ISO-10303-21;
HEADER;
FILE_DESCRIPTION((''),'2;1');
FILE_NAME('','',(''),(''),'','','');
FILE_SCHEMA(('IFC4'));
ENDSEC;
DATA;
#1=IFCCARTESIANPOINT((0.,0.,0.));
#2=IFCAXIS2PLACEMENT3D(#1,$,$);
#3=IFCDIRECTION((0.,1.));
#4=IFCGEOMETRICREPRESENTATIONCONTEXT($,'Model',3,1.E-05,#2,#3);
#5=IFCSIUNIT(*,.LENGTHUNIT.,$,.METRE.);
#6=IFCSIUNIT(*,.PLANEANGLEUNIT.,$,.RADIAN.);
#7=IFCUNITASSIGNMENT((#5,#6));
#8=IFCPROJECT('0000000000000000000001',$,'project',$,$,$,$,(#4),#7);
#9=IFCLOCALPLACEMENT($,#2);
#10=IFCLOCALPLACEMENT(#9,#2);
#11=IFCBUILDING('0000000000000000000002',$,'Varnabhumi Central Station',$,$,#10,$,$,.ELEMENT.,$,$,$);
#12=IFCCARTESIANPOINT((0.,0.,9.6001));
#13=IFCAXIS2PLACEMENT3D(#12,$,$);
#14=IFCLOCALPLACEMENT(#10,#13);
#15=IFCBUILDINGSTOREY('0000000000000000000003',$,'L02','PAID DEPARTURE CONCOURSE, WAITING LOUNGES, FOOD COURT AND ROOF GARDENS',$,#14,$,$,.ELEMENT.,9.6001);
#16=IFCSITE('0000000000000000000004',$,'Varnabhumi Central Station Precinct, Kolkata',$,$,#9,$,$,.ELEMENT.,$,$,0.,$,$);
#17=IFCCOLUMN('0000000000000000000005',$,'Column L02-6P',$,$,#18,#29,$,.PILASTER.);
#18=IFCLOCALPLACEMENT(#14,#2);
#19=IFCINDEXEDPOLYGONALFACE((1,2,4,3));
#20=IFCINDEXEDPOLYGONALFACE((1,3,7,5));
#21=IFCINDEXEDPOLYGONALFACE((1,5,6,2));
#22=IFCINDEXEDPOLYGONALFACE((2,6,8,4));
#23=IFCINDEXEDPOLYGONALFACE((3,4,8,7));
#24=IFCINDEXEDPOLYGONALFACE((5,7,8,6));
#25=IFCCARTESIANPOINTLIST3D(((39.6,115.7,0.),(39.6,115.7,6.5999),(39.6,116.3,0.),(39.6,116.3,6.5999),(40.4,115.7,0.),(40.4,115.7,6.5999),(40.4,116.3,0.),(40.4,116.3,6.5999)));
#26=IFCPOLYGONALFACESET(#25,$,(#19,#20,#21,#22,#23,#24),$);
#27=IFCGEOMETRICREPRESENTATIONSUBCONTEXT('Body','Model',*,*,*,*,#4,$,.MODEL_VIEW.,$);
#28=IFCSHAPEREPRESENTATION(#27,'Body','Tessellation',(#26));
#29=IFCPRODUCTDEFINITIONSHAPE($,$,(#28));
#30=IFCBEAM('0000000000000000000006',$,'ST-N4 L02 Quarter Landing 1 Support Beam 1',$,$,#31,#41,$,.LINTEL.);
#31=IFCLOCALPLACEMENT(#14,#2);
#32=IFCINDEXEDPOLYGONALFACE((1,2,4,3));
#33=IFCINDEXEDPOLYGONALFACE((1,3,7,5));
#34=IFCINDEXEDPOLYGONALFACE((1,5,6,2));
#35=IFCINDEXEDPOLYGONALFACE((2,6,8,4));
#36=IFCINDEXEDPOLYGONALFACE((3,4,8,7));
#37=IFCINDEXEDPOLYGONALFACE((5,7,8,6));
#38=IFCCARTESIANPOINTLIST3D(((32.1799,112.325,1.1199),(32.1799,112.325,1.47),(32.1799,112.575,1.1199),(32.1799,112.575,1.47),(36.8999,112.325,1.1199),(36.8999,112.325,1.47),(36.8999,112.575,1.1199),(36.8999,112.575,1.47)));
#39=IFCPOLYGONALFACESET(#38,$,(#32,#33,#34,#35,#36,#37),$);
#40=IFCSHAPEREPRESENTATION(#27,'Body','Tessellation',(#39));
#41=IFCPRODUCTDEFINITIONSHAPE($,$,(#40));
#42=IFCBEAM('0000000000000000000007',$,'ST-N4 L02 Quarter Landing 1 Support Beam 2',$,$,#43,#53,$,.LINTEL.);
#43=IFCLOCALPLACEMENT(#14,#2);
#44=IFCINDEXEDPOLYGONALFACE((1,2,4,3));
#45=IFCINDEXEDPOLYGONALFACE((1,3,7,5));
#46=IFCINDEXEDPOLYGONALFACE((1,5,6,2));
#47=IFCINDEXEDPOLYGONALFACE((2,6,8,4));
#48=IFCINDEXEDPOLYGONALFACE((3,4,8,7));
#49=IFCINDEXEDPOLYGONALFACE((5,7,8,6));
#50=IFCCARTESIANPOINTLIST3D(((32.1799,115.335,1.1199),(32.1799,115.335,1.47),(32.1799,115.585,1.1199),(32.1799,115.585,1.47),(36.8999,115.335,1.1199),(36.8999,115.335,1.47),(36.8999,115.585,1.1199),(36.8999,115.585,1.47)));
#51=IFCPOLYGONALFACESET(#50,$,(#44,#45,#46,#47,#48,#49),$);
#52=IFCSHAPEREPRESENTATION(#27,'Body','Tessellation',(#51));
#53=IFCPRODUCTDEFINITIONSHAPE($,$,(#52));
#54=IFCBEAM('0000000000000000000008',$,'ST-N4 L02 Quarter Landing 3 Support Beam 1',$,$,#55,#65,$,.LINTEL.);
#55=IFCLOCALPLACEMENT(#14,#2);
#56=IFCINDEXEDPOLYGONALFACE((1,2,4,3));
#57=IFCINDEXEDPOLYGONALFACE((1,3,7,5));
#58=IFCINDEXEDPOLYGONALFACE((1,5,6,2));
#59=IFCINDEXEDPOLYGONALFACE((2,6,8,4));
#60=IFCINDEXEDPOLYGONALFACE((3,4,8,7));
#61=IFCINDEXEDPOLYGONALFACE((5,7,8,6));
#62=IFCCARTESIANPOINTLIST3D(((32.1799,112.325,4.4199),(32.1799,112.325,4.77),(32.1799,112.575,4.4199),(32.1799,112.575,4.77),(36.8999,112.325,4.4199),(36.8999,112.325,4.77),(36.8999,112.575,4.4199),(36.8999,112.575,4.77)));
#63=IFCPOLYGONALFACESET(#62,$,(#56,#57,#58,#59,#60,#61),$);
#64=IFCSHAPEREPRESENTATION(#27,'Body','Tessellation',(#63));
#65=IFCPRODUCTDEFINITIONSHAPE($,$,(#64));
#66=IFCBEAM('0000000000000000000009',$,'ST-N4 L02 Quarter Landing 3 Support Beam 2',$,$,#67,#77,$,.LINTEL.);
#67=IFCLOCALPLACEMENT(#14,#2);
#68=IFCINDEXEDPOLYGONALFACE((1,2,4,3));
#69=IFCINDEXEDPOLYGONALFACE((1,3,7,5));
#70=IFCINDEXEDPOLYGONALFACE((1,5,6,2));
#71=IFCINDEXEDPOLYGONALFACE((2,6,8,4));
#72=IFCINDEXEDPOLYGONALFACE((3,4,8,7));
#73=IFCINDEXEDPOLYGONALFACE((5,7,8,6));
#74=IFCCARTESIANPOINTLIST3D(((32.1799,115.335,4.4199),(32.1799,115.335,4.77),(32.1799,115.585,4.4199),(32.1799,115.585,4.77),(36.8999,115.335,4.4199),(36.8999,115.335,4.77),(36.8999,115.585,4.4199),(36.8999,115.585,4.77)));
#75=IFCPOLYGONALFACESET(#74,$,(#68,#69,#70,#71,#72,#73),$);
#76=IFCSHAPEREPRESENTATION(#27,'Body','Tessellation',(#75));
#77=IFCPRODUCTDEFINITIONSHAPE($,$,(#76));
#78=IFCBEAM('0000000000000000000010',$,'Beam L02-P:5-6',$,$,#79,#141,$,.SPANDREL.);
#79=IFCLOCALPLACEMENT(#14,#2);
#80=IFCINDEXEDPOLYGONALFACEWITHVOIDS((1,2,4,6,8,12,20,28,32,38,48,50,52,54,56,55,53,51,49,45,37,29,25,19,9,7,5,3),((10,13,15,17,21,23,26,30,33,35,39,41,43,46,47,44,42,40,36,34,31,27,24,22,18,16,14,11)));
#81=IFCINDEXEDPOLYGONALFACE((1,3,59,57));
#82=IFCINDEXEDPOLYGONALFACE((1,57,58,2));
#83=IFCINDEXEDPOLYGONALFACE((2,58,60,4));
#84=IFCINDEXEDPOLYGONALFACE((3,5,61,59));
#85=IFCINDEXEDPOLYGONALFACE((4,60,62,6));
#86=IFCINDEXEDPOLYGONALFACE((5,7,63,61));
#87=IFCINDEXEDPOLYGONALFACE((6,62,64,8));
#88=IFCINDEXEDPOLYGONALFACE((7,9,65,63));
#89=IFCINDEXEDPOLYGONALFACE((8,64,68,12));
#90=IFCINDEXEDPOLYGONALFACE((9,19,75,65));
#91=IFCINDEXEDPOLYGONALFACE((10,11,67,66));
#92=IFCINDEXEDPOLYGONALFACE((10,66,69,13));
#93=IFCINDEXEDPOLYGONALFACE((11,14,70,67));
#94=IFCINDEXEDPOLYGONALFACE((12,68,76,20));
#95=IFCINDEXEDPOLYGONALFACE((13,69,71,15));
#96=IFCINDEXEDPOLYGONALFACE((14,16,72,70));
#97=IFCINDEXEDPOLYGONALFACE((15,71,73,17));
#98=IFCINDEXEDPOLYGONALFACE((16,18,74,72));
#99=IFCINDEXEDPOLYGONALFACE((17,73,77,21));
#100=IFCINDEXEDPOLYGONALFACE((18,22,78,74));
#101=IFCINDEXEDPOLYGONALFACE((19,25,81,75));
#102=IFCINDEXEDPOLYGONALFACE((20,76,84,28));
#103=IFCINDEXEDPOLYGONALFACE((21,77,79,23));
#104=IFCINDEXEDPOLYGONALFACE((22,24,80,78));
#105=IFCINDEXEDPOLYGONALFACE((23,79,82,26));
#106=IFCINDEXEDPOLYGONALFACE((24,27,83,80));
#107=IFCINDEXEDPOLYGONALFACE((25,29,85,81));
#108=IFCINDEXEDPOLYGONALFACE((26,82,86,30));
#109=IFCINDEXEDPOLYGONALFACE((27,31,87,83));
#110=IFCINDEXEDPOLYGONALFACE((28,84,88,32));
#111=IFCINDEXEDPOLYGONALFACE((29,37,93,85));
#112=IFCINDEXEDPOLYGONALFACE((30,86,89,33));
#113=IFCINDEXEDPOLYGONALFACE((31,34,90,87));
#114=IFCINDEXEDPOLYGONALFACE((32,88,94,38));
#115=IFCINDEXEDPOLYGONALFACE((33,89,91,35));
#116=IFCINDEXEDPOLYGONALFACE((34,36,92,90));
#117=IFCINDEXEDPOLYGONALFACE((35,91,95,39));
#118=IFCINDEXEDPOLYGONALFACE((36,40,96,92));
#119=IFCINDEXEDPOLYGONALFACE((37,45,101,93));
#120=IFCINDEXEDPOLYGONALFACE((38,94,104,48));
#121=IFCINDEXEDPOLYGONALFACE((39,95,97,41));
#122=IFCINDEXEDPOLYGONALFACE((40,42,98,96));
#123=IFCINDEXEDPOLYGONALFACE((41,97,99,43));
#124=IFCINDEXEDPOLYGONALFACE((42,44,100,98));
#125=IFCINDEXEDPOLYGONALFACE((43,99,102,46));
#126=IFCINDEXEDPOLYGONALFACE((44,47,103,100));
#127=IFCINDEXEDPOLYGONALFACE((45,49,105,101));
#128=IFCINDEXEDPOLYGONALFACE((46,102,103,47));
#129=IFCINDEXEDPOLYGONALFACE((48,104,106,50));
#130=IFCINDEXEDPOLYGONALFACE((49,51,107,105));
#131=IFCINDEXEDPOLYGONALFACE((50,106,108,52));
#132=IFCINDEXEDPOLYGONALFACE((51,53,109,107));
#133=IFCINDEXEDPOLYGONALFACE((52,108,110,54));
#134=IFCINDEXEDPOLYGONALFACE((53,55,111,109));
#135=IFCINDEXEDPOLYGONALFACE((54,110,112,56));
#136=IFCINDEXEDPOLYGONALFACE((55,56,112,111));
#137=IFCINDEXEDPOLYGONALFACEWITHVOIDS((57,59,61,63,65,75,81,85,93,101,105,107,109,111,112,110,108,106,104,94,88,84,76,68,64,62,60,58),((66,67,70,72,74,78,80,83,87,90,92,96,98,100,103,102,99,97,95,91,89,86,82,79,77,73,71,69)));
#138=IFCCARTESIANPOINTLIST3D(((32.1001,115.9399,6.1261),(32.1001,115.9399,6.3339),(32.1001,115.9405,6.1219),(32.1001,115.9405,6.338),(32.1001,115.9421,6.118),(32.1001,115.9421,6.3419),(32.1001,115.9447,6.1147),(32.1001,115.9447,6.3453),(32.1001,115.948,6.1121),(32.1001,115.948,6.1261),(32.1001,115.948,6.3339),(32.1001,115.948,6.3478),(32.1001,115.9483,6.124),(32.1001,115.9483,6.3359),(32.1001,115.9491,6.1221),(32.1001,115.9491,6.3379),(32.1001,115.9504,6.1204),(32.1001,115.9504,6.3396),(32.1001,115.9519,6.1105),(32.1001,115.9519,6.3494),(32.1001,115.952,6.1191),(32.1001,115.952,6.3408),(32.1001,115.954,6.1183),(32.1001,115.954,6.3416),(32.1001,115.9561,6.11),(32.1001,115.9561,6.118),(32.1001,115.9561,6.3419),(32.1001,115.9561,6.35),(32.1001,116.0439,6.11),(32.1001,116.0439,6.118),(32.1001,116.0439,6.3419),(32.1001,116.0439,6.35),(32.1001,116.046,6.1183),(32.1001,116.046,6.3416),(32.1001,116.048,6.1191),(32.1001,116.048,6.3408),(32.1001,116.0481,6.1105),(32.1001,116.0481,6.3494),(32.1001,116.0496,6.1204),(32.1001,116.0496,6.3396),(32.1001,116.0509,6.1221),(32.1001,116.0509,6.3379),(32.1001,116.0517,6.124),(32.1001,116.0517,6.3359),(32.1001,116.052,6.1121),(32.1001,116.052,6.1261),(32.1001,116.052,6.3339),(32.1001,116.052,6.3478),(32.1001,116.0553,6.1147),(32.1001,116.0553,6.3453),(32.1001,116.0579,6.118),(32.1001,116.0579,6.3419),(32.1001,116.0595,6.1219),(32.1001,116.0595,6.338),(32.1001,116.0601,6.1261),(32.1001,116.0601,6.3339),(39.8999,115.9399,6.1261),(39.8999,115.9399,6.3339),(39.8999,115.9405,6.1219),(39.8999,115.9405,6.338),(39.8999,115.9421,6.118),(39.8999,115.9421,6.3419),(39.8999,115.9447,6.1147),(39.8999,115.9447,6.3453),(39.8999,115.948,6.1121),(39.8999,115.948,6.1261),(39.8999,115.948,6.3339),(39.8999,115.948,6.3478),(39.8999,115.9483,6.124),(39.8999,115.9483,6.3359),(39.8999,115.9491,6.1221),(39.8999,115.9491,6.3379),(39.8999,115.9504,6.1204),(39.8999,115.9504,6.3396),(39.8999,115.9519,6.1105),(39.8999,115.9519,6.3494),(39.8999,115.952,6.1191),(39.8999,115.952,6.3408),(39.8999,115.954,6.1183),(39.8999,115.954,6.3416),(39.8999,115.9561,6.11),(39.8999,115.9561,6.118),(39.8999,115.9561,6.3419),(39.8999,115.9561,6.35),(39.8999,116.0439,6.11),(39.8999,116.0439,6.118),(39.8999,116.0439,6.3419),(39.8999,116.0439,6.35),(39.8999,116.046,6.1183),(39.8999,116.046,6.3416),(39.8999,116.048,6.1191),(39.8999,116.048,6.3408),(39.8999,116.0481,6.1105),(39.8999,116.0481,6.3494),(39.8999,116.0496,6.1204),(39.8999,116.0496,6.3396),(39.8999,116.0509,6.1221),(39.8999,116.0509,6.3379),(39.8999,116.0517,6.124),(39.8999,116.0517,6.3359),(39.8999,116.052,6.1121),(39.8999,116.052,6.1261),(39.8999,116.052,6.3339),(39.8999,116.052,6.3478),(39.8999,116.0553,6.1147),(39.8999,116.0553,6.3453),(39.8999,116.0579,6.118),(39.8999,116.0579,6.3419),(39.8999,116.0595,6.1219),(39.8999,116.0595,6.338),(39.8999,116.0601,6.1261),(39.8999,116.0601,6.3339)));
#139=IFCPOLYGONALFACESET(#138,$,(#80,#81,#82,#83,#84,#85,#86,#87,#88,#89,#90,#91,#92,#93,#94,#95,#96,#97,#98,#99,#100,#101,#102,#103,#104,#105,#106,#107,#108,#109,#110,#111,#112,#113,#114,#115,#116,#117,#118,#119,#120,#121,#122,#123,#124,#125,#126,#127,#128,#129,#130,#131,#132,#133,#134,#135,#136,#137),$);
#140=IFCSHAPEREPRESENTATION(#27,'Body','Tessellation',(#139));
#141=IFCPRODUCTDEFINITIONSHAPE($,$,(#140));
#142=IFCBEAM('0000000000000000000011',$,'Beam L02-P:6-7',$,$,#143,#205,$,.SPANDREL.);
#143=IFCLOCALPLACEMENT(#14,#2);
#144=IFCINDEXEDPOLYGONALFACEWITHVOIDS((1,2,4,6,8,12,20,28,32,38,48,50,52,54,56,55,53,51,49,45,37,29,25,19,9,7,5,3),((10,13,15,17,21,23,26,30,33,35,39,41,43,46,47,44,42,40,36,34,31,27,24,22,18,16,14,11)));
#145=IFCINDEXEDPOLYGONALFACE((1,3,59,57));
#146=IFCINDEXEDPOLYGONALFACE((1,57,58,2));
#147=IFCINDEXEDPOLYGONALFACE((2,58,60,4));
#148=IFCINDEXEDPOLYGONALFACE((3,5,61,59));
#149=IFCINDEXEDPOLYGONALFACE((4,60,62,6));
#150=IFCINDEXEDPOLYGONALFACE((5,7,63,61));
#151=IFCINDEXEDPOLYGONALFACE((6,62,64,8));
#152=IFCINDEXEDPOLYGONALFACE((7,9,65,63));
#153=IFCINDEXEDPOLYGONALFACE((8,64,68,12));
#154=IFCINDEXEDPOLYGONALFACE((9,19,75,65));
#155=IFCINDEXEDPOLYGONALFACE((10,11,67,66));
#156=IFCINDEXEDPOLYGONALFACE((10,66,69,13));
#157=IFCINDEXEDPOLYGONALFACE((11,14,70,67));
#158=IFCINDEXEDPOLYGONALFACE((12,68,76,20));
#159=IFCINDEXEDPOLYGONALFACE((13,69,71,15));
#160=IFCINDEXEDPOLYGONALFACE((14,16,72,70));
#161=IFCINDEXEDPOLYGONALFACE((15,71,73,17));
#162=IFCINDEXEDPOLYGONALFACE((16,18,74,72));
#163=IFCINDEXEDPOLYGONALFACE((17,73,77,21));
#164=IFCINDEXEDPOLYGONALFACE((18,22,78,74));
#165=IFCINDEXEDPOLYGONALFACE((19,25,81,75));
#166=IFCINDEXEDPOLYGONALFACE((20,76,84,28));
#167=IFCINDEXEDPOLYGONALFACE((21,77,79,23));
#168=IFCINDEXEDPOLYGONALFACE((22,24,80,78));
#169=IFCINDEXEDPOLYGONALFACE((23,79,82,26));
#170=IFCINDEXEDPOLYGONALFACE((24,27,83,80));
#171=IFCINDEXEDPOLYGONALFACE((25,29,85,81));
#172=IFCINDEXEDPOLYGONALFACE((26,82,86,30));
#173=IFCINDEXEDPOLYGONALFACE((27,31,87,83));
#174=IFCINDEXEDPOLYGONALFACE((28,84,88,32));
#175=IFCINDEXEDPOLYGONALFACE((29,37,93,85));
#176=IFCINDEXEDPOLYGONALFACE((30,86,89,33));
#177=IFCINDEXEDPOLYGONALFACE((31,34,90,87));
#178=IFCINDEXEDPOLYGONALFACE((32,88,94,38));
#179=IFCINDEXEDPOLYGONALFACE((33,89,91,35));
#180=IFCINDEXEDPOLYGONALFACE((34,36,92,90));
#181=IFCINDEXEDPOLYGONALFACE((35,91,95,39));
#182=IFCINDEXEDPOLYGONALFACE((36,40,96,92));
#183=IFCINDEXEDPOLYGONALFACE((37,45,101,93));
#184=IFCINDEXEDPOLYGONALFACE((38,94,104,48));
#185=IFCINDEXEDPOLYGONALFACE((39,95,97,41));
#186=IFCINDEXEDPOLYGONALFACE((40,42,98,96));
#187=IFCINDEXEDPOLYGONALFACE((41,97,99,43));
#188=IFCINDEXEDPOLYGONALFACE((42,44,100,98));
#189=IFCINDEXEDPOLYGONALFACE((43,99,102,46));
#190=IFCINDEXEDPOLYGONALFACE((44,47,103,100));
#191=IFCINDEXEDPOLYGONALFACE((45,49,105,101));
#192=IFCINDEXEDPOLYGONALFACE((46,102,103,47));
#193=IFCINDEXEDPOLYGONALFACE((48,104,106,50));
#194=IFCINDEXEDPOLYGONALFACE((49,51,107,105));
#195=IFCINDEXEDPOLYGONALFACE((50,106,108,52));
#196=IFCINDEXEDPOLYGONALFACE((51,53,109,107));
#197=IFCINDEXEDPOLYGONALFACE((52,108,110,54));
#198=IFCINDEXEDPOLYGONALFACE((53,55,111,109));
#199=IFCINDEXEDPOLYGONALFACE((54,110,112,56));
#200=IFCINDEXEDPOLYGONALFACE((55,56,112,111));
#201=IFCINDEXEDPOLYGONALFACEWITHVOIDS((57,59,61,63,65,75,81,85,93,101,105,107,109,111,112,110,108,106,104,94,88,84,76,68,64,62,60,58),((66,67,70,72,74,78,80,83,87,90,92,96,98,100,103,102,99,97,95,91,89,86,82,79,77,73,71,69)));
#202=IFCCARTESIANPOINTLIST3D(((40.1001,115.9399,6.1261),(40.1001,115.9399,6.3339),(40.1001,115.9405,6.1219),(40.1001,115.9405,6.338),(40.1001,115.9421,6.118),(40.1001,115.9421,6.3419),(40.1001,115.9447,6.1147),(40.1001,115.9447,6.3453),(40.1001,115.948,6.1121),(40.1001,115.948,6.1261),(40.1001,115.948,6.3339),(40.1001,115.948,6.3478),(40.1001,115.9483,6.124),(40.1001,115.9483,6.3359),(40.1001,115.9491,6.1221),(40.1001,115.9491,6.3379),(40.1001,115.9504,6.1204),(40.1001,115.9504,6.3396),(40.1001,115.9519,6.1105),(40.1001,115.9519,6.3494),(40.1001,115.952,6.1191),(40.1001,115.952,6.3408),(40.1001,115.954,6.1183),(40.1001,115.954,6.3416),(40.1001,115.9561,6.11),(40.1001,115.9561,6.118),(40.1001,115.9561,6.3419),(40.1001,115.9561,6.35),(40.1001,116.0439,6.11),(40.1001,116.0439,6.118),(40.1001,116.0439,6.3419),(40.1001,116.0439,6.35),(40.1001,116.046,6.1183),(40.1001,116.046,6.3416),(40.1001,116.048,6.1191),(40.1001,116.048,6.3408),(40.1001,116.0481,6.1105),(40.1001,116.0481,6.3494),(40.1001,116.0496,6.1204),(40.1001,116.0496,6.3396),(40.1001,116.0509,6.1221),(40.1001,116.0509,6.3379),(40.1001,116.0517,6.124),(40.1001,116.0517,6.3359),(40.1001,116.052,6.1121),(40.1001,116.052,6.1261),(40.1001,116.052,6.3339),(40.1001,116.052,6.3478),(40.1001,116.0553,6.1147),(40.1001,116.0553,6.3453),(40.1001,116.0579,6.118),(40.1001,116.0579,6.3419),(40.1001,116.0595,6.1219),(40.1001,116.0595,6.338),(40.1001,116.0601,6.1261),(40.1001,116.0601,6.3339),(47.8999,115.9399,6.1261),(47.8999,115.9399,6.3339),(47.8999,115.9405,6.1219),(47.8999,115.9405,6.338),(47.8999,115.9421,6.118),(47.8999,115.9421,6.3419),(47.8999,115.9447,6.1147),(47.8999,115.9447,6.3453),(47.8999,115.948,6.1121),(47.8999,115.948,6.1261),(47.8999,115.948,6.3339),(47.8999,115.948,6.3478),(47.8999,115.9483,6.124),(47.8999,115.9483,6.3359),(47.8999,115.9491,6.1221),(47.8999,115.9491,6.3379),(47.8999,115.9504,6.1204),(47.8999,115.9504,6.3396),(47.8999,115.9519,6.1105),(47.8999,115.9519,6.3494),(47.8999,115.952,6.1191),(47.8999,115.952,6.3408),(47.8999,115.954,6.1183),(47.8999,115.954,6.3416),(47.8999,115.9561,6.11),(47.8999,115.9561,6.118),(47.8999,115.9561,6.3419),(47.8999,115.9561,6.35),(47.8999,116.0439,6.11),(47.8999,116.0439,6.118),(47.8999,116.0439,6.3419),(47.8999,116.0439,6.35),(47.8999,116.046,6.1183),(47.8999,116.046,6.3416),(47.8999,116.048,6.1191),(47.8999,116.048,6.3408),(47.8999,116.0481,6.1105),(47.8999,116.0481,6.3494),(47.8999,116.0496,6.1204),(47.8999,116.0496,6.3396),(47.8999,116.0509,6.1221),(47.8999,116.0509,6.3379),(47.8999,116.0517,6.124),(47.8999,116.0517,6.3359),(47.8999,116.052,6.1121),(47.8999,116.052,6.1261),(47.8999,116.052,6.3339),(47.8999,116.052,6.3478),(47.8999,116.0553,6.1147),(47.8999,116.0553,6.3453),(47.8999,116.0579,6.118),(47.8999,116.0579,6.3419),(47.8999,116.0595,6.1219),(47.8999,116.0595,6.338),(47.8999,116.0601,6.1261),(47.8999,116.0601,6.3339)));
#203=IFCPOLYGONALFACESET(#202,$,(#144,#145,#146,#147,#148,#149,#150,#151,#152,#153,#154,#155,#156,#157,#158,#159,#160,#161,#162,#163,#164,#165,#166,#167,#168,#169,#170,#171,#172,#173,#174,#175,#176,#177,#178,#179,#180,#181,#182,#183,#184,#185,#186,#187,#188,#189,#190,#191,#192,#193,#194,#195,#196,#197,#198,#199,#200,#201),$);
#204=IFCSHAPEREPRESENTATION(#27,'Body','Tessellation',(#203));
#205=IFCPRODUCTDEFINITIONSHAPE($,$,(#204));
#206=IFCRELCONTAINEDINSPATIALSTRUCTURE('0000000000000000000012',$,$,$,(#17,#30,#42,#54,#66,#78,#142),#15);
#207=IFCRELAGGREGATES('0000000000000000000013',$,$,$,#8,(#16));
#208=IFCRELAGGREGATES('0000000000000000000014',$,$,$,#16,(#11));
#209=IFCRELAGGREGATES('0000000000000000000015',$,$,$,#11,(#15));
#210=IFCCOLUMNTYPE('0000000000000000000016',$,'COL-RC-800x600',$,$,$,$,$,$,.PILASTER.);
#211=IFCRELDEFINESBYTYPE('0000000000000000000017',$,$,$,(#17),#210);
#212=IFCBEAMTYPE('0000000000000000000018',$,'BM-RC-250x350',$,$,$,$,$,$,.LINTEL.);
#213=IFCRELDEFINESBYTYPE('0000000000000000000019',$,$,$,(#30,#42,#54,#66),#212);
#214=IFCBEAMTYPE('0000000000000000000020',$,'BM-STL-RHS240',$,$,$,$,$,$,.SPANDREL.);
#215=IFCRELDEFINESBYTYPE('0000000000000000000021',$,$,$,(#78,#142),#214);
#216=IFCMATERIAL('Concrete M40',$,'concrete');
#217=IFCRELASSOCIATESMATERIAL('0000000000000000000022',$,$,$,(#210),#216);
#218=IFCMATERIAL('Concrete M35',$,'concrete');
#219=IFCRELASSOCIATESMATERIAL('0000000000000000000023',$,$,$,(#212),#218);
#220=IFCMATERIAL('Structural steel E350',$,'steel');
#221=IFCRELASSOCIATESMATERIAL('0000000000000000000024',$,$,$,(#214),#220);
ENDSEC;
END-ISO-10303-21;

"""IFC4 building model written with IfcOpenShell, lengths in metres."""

from ifc_helpers import new_model, si_unit, direction, frame, origin, origin_2d, place, context, subcontext, project, spatial, rectangle, hollow_rectangle, extrude, material, material_profile, profile_set, type_object, element, save


model = new_model("IFC4")

# Units and contexts
model_context = context("Model", 3, precision=1e-05, world=origin(), true_north=direction((0.0, 1.0)))
body_context = subcontext(model_context, "Body", "Model", "MODEL_VIEW")
ifc_project = project(units=[si_unit("LENGTHUNIT", "METRE"), si_unit("PLANEANGLEUNIT", "RADIAN")], contexts=[model_context])

# Site, building, storey
site_placement = place(None, origin())
site = spatial("IfcSite", under=ifc_project, at=site_placement, Name="Varnabhumi Central Station Precinct, Kolkata", CompositionType="ELEMENT", RefElevation=0.0)
building_placement = place(site_placement, origin())
building = spatial("IfcBuilding", under=site, at=building_placement, Name="Varnabhumi Central Station", CompositionType="ELEMENT")
storey_placement = place(building_placement, frame((0.0, 0.0, 9.6001)))
storey = spatial("IfcBuildingStorey", under=building, at=storey_placement, Name="L02", Description="PAID DEPARTURE CONCOURSE, WAITING LOUNGES, FOOD COURT AND ROOF GARDENS", CompositionType="ELEMENT", Elevation=9.6001)

# Column
ifc_material_1 = material(Name="Concrete M40", Category="concrete")
ifc_material_profile_1 = material_profile(ifc_material_1, rectangle(XDim=0.8, YDim=0.6001, at=origin_2d()), Name="Concrete M40", Category="concrete")
ifc_profile_set_1 = profile_set([ifc_material_profile_1], Name="Concrete M40")
column_type = type_object("IfcColumnType", Name="COL-RC-800x600", PredefinedType="PILASTER", material=ifc_profile_set_1)
column_placement = place(storey_placement, frame((40.0, 116.0, 0.0), z_axis=(0.0, 0.0, 1.0), x_axis=(1.0, 0.0, 0.0)))
element("IfcColumn", 1, at=column_placement, inside=storey, type_object=column_type, Name="Column L02-6P", PredefinedType="PILASTER", context=body_context, shape_type="SweptSolid", body=[
    extrude(rectangle(XDim=0.8, YDim=0.6001, at=origin_2d()), origin(), (0.0, 0.0, 1.0), 6.5999),
])

# Beams
ifc_material_2 = material(Name="Concrete M35", Category="concrete")
ifc_material_profile_2 = material_profile(ifc_material_2, rectangle(XDim=0.25, YDim=0.3501, at=origin_2d()), Name="Concrete M35", Category="concrete")
ifc_profile_set_2 = profile_set([ifc_material_profile_2], Name="Concrete M35")
beam_type_1 = type_object("IfcBeamType", Name="BM-RC-250x350", PredefinedType="LINTEL", material=ifc_profile_set_2)
for number, where, z_axis, x_axis, name in (
    (2, (32.1799, 112.45, 1.2949), (1.0, 0.0, 0.0), (0.0, 1.0, 0.0), "ST-N4 L02 Quarter Landing 1 Support Beam 1"),
    (3, (32.1799, 115.46, 1.2949), (1.0, 0.0, 0.0), (0.0, 1.0, 0.0), "ST-N4 L02 Quarter Landing 1 Support Beam 2"),
    (4, (32.1799, 112.45, 4.595), (1.0, 0.0, 0.0), (0.0, 1.0, 0.0), "ST-N4 L02 Quarter Landing 3 Support Beam 1"),
    (5, (32.1799, 115.46, 4.595), (1.0, 0.0, 0.0), (0.0, 1.0, 0.0), "ST-N4 L02 Quarter Landing 3 Support Beam 2"),
):
    element("IfcBeam", number, at=place(storey_placement, frame(where, z_axis=z_axis, x_axis=x_axis)), inside=storey, type_object=beam_type_1, Name=name, PredefinedType="LINTEL", context=body_context, shape_type="SweptSolid", body=[
        extrude(rectangle(XDim=0.25, YDim=0.3501, at=origin_2d()), origin(), (0.0, 0.0, 1.0), 4.72),
    ])
ifc_material_3 = material(Name="Structural steel E350", Category="steel")
ifc_material_profile_3 = material_profile(ifc_material_3, hollow_rectangle(XDim=0.1201, YDim=0.24, WallThickness=0.0081, InnerFilletRadius=0.0081, OuterFilletRadius=0.0161, at=origin_2d()), Name="Structural steel E350", Category="steel")
ifc_profile_set_3 = profile_set([ifc_material_profile_3], Name="Structural steel E350")
beam_type_2 = type_object("IfcBeamType", Name="BM-STL-RHS240", PredefinedType="SPANDREL", material=ifc_profile_set_3)
for number, where, z_axis, x_axis, name in (
    (6, (32.1001, 116.0, 6.23), (1.0, 0.0, 0.0), (0.0, 1.0, 0.0), "Beam L02-P:5-6"),
    (7, (40.1001, 116.0, 6.23), (1.0, 0.0, 0.0), (0.0, 1.0, 0.0), "Beam L02-P:6-7"),
):
    element("IfcBeam", number, at=place(storey_placement, frame(where, z_axis=z_axis, x_axis=x_axis)), inside=storey, type_object=beam_type_2, Name=name, PredefinedType="SPANDREL", context=body_context, shape_type="SweptSolid", body=[
        extrude(hollow_rectangle(XDim=0.1201, YDim=0.24, WallThickness=0.0081, InnerFilletRadius=0.0081, OuterFilletRadius=0.0161, at=origin_2d()), origin(), (0.0, 0.0, 1.0), 7.7998),
    ])

save(model, "model.ifc")
